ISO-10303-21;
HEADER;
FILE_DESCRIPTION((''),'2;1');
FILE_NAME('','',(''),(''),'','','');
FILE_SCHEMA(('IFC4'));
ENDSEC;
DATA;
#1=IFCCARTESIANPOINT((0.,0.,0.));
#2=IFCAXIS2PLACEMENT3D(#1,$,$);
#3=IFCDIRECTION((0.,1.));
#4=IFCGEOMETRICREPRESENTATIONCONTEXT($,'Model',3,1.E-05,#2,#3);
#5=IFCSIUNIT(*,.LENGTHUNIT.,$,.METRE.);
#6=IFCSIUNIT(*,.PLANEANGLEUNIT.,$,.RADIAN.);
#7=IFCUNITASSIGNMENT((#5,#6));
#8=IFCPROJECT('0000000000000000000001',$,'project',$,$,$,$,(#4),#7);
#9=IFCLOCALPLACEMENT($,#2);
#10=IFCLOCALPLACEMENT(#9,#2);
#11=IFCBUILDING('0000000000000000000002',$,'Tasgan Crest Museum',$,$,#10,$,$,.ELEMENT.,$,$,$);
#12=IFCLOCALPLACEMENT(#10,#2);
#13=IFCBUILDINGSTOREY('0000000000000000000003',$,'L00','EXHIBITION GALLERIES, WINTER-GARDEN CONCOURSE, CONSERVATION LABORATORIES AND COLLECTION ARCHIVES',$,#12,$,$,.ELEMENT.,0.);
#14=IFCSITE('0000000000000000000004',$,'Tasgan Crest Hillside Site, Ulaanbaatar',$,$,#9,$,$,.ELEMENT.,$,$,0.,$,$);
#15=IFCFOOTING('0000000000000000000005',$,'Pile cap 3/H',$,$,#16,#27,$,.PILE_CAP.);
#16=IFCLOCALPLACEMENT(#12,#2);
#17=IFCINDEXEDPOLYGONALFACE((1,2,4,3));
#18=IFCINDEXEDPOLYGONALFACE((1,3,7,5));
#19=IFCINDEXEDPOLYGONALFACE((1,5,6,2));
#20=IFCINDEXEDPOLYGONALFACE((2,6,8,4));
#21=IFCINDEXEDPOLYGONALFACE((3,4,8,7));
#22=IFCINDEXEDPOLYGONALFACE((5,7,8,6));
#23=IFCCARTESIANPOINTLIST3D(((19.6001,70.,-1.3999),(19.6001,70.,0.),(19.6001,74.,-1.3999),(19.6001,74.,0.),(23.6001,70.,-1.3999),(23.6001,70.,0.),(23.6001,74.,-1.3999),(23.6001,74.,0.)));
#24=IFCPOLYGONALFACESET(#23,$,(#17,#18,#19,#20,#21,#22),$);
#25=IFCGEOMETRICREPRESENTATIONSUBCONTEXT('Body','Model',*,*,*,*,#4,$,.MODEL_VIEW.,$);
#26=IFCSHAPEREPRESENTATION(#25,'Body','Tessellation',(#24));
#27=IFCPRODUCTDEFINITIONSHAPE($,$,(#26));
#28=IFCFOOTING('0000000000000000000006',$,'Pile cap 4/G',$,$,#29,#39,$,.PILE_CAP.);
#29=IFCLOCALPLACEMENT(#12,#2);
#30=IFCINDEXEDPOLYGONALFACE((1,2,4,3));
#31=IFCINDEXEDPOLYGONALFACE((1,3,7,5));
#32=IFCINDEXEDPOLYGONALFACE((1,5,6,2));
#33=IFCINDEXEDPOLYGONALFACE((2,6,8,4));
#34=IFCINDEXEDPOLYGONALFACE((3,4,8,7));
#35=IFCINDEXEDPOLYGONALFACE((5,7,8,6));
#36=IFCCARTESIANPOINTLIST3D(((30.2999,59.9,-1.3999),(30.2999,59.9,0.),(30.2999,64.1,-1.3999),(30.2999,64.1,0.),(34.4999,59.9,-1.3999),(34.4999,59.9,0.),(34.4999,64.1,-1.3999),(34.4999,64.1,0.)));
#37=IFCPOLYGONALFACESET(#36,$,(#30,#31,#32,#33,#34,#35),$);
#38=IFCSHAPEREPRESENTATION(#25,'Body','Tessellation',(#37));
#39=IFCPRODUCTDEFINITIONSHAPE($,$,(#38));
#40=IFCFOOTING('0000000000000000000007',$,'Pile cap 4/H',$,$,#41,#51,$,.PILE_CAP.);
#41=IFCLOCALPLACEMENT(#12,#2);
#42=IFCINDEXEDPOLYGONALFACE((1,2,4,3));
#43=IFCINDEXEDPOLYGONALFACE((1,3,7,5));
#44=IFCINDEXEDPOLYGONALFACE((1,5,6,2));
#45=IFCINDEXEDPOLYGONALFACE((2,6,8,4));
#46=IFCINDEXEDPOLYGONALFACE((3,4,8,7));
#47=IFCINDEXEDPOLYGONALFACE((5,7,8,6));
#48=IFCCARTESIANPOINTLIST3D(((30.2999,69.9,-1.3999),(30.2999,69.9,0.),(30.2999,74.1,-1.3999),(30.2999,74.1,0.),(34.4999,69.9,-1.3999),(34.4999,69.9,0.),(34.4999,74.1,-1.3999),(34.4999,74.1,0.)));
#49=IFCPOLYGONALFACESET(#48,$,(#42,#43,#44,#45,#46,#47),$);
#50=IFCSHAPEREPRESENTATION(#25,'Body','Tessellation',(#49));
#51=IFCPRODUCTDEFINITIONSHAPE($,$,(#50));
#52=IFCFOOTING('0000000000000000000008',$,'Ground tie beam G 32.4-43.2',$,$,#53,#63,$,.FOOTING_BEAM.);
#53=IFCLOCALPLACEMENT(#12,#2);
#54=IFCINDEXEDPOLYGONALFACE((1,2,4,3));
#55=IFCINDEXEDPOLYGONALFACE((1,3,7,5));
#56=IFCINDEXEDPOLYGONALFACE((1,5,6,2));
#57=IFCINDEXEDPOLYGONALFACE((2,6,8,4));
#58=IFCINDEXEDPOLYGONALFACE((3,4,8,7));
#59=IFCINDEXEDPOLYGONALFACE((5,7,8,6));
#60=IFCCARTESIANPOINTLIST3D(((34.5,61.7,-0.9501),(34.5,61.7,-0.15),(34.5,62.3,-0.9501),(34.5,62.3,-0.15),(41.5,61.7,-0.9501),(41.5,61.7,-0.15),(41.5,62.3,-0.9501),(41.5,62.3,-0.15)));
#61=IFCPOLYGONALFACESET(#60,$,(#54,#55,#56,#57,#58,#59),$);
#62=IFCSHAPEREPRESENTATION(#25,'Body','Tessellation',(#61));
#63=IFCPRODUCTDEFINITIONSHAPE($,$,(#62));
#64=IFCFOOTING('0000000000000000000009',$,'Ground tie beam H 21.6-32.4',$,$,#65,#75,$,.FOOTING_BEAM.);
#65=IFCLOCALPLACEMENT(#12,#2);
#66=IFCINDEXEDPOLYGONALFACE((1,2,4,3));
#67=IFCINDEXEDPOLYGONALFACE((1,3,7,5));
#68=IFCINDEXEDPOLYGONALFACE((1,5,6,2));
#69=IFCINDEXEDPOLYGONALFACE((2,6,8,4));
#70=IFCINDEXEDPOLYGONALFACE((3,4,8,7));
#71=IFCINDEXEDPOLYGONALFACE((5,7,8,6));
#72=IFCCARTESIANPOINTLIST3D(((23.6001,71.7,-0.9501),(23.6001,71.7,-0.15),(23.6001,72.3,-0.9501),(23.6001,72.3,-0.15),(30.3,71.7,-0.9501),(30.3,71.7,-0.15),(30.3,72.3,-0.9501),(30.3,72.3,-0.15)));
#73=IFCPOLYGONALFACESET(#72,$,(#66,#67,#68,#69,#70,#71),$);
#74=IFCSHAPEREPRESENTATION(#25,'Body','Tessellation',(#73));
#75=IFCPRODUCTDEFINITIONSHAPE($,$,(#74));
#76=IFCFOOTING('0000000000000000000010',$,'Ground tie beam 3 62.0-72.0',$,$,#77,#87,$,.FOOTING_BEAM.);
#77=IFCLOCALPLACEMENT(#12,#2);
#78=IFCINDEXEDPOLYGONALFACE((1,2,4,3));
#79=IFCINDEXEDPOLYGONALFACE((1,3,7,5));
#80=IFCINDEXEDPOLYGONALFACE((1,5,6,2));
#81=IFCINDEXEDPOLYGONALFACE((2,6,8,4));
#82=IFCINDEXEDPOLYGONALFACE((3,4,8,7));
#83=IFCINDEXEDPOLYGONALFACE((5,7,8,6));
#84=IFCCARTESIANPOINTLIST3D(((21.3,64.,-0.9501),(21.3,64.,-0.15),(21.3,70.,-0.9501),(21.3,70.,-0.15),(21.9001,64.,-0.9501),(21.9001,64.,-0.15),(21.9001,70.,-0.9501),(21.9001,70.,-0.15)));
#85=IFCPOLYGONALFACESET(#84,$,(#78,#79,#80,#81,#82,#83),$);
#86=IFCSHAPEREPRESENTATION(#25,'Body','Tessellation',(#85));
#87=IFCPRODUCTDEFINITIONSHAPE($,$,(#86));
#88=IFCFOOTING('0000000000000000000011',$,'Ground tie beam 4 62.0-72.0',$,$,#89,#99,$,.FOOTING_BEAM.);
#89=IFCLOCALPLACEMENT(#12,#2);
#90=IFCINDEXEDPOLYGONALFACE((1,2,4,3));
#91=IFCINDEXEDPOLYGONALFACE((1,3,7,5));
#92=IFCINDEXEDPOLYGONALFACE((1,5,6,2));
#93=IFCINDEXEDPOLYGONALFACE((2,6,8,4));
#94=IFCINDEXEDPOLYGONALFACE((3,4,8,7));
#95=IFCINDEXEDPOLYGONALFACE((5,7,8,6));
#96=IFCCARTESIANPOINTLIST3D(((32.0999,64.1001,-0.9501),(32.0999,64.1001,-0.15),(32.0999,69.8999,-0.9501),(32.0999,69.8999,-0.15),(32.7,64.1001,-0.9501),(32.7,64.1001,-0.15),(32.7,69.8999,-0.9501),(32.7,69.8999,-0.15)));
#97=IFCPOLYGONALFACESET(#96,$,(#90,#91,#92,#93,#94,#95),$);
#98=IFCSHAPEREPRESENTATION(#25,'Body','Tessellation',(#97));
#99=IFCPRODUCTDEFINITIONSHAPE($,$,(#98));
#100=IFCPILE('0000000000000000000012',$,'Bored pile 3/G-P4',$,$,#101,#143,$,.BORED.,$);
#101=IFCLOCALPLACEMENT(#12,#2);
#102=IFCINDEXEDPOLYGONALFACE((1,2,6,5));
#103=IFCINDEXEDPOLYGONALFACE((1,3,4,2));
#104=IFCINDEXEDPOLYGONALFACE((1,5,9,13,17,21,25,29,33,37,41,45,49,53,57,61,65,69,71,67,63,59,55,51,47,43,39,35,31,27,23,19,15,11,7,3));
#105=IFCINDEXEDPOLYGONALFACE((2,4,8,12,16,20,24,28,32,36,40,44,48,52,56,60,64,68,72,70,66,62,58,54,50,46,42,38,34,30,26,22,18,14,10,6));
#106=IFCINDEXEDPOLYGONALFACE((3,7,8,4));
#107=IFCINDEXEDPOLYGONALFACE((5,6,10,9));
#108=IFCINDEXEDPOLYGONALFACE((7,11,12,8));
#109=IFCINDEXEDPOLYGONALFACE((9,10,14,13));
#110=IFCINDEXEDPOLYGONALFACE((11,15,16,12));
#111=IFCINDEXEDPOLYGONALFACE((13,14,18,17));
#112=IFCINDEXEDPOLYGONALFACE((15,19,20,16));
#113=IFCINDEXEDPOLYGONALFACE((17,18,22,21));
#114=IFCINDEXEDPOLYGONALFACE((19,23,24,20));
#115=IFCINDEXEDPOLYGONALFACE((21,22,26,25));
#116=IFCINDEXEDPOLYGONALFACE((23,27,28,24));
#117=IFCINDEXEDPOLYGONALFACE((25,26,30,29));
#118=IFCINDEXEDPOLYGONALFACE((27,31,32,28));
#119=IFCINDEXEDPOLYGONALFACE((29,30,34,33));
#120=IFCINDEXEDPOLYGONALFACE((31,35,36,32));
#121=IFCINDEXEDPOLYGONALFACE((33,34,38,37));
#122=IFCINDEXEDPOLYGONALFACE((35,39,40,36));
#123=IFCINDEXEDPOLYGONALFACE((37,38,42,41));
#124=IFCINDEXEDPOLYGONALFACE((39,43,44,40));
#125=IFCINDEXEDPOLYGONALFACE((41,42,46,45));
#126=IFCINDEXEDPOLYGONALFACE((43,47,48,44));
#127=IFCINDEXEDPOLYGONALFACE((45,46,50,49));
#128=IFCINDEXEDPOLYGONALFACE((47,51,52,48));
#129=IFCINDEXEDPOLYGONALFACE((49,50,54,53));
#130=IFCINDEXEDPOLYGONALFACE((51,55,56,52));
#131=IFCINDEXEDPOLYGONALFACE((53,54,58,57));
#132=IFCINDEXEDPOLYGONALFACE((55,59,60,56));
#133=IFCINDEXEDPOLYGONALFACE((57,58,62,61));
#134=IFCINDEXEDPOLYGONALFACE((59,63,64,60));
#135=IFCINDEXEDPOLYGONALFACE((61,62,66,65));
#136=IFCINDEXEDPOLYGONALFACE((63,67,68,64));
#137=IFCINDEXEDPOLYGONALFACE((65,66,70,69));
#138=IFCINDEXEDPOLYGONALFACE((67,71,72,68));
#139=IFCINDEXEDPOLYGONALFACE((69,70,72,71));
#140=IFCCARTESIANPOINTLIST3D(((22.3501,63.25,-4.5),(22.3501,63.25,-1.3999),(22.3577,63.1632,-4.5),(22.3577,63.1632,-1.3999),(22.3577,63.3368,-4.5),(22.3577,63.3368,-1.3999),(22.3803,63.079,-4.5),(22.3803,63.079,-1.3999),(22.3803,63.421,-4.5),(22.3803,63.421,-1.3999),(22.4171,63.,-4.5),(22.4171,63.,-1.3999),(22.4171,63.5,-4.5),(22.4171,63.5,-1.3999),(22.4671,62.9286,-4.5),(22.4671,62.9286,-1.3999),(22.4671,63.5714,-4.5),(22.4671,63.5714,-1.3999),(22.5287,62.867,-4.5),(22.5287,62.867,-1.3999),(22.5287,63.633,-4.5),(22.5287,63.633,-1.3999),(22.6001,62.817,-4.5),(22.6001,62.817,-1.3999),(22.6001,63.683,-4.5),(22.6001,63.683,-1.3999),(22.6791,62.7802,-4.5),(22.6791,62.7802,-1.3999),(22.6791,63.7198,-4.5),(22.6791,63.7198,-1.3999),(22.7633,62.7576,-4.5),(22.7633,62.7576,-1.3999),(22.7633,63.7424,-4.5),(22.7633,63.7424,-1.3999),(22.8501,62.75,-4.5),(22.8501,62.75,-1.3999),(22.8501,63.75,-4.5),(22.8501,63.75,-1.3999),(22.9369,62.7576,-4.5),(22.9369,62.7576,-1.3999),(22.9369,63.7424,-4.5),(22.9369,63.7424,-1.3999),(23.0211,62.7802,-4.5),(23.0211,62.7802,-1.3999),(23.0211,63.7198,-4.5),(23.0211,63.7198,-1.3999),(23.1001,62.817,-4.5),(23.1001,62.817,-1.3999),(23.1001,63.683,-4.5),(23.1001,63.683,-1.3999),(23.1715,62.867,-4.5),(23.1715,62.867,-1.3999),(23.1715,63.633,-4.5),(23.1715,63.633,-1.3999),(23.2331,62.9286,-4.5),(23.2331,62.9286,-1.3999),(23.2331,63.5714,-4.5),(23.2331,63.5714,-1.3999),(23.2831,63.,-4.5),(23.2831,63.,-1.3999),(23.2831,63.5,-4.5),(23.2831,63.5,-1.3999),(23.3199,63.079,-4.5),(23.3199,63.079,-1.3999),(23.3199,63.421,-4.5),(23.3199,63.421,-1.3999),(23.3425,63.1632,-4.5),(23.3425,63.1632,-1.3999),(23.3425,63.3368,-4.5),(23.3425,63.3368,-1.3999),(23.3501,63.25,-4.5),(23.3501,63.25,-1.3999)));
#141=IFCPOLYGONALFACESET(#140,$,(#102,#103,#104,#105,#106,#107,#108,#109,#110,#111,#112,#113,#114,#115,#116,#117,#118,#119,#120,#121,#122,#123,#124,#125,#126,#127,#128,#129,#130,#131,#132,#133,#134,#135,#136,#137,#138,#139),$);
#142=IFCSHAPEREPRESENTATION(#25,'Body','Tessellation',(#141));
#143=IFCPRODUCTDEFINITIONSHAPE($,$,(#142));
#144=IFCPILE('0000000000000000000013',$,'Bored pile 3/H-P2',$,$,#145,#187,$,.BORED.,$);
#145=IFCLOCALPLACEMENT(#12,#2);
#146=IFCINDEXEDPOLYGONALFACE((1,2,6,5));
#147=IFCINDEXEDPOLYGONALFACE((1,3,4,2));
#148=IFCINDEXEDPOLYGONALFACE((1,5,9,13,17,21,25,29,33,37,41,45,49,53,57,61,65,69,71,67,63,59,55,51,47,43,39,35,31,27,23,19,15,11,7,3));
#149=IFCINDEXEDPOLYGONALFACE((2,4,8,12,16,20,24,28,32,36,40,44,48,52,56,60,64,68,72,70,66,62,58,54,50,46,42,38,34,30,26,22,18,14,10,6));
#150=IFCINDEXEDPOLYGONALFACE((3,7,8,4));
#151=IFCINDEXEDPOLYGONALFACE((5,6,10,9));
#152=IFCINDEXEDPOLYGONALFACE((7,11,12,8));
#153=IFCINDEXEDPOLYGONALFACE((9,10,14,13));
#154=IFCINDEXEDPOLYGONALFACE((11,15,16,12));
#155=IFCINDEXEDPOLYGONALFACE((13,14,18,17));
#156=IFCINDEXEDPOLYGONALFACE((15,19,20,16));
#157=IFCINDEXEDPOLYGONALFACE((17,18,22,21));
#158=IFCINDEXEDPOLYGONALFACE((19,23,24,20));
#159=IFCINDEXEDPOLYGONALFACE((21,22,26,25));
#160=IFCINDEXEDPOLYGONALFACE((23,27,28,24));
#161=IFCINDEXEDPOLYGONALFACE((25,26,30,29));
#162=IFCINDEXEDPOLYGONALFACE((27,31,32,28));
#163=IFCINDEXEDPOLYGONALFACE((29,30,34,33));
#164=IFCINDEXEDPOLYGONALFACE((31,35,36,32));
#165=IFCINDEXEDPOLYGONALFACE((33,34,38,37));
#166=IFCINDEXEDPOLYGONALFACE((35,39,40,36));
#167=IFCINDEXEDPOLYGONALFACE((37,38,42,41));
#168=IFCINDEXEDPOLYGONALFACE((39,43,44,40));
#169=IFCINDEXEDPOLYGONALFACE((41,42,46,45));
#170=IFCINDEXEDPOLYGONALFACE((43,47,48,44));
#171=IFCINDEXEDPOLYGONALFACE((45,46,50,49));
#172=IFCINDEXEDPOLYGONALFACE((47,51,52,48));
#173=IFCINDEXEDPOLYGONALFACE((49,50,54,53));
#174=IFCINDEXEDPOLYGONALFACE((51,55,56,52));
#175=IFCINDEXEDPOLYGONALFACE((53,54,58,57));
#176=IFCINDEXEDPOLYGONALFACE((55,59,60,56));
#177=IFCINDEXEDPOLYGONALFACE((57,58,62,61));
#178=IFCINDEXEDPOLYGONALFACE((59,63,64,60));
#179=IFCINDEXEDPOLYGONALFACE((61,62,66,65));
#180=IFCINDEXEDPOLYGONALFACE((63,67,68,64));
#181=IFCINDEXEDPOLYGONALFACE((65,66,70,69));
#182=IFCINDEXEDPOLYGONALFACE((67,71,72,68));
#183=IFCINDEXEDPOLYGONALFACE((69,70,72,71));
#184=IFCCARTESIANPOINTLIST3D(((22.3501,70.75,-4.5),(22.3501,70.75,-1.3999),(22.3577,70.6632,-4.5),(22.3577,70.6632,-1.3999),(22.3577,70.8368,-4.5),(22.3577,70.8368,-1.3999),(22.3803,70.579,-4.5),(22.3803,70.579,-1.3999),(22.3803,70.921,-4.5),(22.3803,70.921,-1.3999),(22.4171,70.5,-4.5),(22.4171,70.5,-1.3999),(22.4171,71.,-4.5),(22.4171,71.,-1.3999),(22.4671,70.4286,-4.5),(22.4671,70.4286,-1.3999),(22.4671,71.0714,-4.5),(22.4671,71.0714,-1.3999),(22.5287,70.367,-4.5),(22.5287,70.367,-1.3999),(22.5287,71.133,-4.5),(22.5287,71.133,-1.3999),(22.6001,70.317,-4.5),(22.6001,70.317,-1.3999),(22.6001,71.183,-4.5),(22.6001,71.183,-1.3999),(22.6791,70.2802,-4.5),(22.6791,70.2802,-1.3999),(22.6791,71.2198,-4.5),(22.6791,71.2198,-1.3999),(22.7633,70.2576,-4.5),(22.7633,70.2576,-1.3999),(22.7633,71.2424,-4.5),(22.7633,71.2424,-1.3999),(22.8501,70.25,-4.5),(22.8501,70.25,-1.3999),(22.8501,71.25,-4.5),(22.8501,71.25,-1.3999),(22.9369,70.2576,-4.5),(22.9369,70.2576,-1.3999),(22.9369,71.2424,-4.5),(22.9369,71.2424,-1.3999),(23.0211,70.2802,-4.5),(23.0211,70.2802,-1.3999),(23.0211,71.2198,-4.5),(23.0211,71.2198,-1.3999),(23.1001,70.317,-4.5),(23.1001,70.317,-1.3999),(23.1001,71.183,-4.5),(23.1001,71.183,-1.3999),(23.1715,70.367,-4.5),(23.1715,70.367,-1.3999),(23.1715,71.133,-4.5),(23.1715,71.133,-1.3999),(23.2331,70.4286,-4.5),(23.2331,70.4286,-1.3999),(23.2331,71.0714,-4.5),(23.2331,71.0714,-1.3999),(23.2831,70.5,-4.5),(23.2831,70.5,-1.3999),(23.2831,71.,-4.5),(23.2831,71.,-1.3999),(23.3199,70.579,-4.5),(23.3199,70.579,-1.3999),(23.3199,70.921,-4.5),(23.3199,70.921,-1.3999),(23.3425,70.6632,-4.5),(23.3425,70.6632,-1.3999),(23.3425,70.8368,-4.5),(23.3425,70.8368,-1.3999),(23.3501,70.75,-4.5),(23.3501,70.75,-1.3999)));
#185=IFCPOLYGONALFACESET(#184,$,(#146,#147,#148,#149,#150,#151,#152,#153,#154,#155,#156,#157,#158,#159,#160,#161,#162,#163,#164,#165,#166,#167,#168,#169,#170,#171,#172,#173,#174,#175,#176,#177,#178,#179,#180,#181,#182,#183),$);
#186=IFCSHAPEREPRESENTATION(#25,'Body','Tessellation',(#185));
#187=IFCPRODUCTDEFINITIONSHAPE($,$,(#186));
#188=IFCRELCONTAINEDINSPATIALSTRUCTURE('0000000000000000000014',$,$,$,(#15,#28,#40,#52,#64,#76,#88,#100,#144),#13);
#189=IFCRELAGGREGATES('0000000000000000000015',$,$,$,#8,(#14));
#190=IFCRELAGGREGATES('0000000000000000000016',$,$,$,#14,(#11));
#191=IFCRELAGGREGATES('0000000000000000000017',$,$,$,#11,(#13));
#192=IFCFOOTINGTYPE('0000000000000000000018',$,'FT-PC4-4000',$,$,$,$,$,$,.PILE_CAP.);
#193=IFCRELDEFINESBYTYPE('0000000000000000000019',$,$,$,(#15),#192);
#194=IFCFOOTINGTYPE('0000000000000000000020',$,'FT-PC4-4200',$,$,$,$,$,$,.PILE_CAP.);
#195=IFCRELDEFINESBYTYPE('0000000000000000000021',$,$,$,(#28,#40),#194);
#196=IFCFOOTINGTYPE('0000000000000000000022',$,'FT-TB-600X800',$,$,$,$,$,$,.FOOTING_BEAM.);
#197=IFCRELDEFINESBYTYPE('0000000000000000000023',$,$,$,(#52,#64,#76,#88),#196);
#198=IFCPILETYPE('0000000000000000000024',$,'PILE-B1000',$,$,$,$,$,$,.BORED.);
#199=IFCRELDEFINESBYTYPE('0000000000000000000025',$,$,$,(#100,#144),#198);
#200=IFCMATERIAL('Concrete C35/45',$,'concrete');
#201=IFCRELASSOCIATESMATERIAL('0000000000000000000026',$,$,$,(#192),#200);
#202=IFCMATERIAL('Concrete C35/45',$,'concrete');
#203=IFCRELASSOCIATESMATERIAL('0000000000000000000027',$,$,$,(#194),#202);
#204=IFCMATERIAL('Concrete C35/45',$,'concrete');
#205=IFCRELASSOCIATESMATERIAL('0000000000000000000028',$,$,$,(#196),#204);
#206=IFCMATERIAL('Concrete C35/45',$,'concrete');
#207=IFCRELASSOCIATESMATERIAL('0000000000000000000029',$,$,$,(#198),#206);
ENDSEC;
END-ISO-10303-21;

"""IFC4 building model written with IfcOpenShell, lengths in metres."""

from ifc_helpers import new_model, si_unit, direction, frame, origin, origin_2d, place, context, subcontext, project, spatial, rectangle, circle, extrude, material, material_profile, profile_set, type_object, element, save


model = new_model("IFC4")

# Units and contexts
model_context = context("Model", 3, precision=1e-05, world=origin(), true_north=direction((0.0, 1.0)))
body_context = subcontext(model_context, "Body", "Model", "MODEL_VIEW")
ifc_project = project(units=[si_unit("LENGTHUNIT", "METRE"), si_unit("PLANEANGLEUNIT", "RADIAN")], contexts=[model_context])

# Site, building, storey
site_placement = place(None, origin())
site = spatial("IfcSite", under=ifc_project, at=site_placement, Name="Tasgan Crest Hillside Site, Ulaanbaatar", CompositionType="ELEMENT", RefElevation=0.0)
building_placement = place(site_placement, origin())
building = spatial("IfcBuilding", under=site, at=building_placement, Name="Tasgan Crest Museum", CompositionType="ELEMENT")
storey_placement = place(building_placement, origin())
storey = spatial("IfcBuildingStorey", under=building, at=storey_placement, Name="L00", Description="EXHIBITION GALLERIES, WINTER-GARDEN CONCOURSE, CONSERVATION LABORATORIES AND COLLECTION ARCHIVES", CompositionType="ELEMENT", Elevation=0.0)

# Footings
ifc_material_1 = material(Name="Concrete C35/45", Category="concrete")
footing_type_1 = type_object("IfcFootingType", Name="FT-PC4-4000", PredefinedType="PILE_CAP", material=ifc_material_1)
footing_1_placement = place(storey_placement, frame((21.6001, 72.0, -1.3999), z_axis=(0.0, 0.0, 1.0), x_axis=(1.0, 0.0, 0.0)))
element("IfcFooting", 1, at=footing_1_placement, inside=storey, type_object=footing_type_1, Name="Pile cap 3/H", PredefinedType="PILE_CAP", context=body_context, shape_type="SweptSolid", body=[
    extrude(rectangle(XDim=4.0, YDim=4.0, at=origin_2d()), origin(), (0.0, 0.0, 1.0), 1.3999),
])
ifc_material_2 = material(Name="Concrete C35/45", Category="concrete")
footing_type_2 = type_object("IfcFootingType", Name="FT-PC4-4200", PredefinedType="PILE_CAP", material=ifc_material_2)
for number, where, z_axis, x_axis, name in (
    (2, (32.3999, 62.0, -1.3999), (0.0, 0.0, 1.0), (1.0, 0.0, 0.0), "Pile cap 4/G"),
    (3, (32.3999, 72.0, -1.3999), (0.0, 0.0, 1.0), (1.0, 0.0, 0.0), "Pile cap 4/H"),
):
    element("IfcFooting", number, at=place(storey_placement, frame(where, z_axis=z_axis, x_axis=x_axis)), inside=storey, type_object=footing_type_2, Name=name, PredefinedType="PILE_CAP", context=body_context, shape_type="SweptSolid", body=[
        extrude(rectangle(XDim=4.2, YDim=4.2, at=origin_2d()), origin(), (0.0, 0.0, 1.0), 1.3999),
    ])
ifc_material_3 = material(Name="Concrete C35/45", Category="concrete")
ifc_material_profile_1 = material_profile(ifc_material_3, rectangle(XDim=0.6001, YDim=0.8, at=origin_2d()), Name="TB 600x800")
ifc_profile_set_1 = profile_set([ifc_material_profile_1], Name="Concrete C35/45")
footing_type_3 = type_object("IfcFootingType", Name="FT-TB-600X800", PredefinedType="FOOTING_BEAM", material=ifc_profile_set_1)
footing_2_placement = place(storey_placement, frame((34.5, 62.0, -0.55), z_axis=(1.0, 0.0, 0.0), x_axis=(0.0, 1.0, 0.0)))
element("IfcFooting", 4, at=footing_2_placement, inside=storey, type_object=footing_type_3, Name="Ground tie beam G 32.4-43.2", PredefinedType="FOOTING_BEAM", context=body_context, shape_type="SweptSolid", body=[
    extrude(rectangle(XDim=0.6001, YDim=0.8, at=origin_2d()), origin(), (0.0, 0.0, 1.0), 7.0),
])
footing_3_placement = place(storey_placement, frame((23.6001, 72.0, -0.55), z_axis=(1.0, 0.0, 0.0), x_axis=(0.0, 1.0, 0.0)))
element("IfcFooting", 5, at=footing_3_placement, inside=storey, type_object=footing_type_3, Name="Ground tie beam H 21.6-32.4", PredefinedType="FOOTING_BEAM", context=body_context, shape_type="SweptSolid", body=[
    extrude(rectangle(XDim=0.6001, YDim=0.8, at=origin_2d()), origin(), (0.0, 0.0, 1.0), 6.7),
])
footing_4_placement = place(storey_placement, frame((21.6001, 64.0, -0.55), z_axis=(0.0, 1.0, 0.0), x_axis=(-1.0, 0.0, 0.0)))
element("IfcFooting", 6, at=footing_4_placement, inside=storey, type_object=footing_type_3, Name="Ground tie beam 3 62.0-72.0", PredefinedType="FOOTING_BEAM", context=body_context, shape_type="SweptSolid", body=[
    extrude(rectangle(XDim=0.6001, YDim=0.8, at=origin_2d()), origin(), (0.0, 0.0, 1.0), 6.0),
])
footing_5_placement = place(storey_placement, frame((32.3999, 64.1001, -0.55), z_axis=(0.0, 1.0, 0.0), x_axis=(-1.0, 0.0, 0.0)))
element("IfcFooting", 7, at=footing_5_placement, inside=storey, type_object=footing_type_3, Name="Ground tie beam 4 62.0-72.0", PredefinedType="FOOTING_BEAM", context=body_context, shape_type="SweptSolid", body=[
    extrude(rectangle(XDim=0.6001, YDim=0.8, at=origin_2d()), origin(), (0.0, 0.0, 1.0), 5.7998),
])

# Piles
ifc_material_4 = material(Name="Concrete C35/45", Category="concrete")
ifc_material_profile_2 = material_profile(ifc_material_4, circle(Radius=0.5, at=origin_2d()), Name="PILE D1000")
ifc_profile_set_2 = profile_set([ifc_material_profile_2], Name="Concrete C35/45")
pile_type = type_object("IfcPileType", Name="PILE-B1000", PredefinedType="BORED", material=ifc_profile_set_2)
for number, where, z_axis, x_axis, name in (
    (8, (22.8501, 63.25, -1.3999), (0.0, 0.0, -1.0), (1.0, 0.0, 0.0), "Bored pile 3/G-P4"),
    (9, (22.8501, 70.75, -1.3999), (0.0, 0.0, -1.0), (1.0, 0.0, 0.0), "Bored pile 3/H-P2"),
):
    element("IfcPile", number, at=place(storey_placement, frame(where, z_axis=z_axis, x_axis=x_axis)), inside=storey, type_object=pile_type, Name=name, PredefinedType="BORED", context=body_context, shape_type="SweptSolid", body=[
        extrude(circle(Radius=0.5, at=origin_2d()), origin(), (0.0, 0.0, 1.0), 3.1001),
    ])

save(model, "model.ifc")
